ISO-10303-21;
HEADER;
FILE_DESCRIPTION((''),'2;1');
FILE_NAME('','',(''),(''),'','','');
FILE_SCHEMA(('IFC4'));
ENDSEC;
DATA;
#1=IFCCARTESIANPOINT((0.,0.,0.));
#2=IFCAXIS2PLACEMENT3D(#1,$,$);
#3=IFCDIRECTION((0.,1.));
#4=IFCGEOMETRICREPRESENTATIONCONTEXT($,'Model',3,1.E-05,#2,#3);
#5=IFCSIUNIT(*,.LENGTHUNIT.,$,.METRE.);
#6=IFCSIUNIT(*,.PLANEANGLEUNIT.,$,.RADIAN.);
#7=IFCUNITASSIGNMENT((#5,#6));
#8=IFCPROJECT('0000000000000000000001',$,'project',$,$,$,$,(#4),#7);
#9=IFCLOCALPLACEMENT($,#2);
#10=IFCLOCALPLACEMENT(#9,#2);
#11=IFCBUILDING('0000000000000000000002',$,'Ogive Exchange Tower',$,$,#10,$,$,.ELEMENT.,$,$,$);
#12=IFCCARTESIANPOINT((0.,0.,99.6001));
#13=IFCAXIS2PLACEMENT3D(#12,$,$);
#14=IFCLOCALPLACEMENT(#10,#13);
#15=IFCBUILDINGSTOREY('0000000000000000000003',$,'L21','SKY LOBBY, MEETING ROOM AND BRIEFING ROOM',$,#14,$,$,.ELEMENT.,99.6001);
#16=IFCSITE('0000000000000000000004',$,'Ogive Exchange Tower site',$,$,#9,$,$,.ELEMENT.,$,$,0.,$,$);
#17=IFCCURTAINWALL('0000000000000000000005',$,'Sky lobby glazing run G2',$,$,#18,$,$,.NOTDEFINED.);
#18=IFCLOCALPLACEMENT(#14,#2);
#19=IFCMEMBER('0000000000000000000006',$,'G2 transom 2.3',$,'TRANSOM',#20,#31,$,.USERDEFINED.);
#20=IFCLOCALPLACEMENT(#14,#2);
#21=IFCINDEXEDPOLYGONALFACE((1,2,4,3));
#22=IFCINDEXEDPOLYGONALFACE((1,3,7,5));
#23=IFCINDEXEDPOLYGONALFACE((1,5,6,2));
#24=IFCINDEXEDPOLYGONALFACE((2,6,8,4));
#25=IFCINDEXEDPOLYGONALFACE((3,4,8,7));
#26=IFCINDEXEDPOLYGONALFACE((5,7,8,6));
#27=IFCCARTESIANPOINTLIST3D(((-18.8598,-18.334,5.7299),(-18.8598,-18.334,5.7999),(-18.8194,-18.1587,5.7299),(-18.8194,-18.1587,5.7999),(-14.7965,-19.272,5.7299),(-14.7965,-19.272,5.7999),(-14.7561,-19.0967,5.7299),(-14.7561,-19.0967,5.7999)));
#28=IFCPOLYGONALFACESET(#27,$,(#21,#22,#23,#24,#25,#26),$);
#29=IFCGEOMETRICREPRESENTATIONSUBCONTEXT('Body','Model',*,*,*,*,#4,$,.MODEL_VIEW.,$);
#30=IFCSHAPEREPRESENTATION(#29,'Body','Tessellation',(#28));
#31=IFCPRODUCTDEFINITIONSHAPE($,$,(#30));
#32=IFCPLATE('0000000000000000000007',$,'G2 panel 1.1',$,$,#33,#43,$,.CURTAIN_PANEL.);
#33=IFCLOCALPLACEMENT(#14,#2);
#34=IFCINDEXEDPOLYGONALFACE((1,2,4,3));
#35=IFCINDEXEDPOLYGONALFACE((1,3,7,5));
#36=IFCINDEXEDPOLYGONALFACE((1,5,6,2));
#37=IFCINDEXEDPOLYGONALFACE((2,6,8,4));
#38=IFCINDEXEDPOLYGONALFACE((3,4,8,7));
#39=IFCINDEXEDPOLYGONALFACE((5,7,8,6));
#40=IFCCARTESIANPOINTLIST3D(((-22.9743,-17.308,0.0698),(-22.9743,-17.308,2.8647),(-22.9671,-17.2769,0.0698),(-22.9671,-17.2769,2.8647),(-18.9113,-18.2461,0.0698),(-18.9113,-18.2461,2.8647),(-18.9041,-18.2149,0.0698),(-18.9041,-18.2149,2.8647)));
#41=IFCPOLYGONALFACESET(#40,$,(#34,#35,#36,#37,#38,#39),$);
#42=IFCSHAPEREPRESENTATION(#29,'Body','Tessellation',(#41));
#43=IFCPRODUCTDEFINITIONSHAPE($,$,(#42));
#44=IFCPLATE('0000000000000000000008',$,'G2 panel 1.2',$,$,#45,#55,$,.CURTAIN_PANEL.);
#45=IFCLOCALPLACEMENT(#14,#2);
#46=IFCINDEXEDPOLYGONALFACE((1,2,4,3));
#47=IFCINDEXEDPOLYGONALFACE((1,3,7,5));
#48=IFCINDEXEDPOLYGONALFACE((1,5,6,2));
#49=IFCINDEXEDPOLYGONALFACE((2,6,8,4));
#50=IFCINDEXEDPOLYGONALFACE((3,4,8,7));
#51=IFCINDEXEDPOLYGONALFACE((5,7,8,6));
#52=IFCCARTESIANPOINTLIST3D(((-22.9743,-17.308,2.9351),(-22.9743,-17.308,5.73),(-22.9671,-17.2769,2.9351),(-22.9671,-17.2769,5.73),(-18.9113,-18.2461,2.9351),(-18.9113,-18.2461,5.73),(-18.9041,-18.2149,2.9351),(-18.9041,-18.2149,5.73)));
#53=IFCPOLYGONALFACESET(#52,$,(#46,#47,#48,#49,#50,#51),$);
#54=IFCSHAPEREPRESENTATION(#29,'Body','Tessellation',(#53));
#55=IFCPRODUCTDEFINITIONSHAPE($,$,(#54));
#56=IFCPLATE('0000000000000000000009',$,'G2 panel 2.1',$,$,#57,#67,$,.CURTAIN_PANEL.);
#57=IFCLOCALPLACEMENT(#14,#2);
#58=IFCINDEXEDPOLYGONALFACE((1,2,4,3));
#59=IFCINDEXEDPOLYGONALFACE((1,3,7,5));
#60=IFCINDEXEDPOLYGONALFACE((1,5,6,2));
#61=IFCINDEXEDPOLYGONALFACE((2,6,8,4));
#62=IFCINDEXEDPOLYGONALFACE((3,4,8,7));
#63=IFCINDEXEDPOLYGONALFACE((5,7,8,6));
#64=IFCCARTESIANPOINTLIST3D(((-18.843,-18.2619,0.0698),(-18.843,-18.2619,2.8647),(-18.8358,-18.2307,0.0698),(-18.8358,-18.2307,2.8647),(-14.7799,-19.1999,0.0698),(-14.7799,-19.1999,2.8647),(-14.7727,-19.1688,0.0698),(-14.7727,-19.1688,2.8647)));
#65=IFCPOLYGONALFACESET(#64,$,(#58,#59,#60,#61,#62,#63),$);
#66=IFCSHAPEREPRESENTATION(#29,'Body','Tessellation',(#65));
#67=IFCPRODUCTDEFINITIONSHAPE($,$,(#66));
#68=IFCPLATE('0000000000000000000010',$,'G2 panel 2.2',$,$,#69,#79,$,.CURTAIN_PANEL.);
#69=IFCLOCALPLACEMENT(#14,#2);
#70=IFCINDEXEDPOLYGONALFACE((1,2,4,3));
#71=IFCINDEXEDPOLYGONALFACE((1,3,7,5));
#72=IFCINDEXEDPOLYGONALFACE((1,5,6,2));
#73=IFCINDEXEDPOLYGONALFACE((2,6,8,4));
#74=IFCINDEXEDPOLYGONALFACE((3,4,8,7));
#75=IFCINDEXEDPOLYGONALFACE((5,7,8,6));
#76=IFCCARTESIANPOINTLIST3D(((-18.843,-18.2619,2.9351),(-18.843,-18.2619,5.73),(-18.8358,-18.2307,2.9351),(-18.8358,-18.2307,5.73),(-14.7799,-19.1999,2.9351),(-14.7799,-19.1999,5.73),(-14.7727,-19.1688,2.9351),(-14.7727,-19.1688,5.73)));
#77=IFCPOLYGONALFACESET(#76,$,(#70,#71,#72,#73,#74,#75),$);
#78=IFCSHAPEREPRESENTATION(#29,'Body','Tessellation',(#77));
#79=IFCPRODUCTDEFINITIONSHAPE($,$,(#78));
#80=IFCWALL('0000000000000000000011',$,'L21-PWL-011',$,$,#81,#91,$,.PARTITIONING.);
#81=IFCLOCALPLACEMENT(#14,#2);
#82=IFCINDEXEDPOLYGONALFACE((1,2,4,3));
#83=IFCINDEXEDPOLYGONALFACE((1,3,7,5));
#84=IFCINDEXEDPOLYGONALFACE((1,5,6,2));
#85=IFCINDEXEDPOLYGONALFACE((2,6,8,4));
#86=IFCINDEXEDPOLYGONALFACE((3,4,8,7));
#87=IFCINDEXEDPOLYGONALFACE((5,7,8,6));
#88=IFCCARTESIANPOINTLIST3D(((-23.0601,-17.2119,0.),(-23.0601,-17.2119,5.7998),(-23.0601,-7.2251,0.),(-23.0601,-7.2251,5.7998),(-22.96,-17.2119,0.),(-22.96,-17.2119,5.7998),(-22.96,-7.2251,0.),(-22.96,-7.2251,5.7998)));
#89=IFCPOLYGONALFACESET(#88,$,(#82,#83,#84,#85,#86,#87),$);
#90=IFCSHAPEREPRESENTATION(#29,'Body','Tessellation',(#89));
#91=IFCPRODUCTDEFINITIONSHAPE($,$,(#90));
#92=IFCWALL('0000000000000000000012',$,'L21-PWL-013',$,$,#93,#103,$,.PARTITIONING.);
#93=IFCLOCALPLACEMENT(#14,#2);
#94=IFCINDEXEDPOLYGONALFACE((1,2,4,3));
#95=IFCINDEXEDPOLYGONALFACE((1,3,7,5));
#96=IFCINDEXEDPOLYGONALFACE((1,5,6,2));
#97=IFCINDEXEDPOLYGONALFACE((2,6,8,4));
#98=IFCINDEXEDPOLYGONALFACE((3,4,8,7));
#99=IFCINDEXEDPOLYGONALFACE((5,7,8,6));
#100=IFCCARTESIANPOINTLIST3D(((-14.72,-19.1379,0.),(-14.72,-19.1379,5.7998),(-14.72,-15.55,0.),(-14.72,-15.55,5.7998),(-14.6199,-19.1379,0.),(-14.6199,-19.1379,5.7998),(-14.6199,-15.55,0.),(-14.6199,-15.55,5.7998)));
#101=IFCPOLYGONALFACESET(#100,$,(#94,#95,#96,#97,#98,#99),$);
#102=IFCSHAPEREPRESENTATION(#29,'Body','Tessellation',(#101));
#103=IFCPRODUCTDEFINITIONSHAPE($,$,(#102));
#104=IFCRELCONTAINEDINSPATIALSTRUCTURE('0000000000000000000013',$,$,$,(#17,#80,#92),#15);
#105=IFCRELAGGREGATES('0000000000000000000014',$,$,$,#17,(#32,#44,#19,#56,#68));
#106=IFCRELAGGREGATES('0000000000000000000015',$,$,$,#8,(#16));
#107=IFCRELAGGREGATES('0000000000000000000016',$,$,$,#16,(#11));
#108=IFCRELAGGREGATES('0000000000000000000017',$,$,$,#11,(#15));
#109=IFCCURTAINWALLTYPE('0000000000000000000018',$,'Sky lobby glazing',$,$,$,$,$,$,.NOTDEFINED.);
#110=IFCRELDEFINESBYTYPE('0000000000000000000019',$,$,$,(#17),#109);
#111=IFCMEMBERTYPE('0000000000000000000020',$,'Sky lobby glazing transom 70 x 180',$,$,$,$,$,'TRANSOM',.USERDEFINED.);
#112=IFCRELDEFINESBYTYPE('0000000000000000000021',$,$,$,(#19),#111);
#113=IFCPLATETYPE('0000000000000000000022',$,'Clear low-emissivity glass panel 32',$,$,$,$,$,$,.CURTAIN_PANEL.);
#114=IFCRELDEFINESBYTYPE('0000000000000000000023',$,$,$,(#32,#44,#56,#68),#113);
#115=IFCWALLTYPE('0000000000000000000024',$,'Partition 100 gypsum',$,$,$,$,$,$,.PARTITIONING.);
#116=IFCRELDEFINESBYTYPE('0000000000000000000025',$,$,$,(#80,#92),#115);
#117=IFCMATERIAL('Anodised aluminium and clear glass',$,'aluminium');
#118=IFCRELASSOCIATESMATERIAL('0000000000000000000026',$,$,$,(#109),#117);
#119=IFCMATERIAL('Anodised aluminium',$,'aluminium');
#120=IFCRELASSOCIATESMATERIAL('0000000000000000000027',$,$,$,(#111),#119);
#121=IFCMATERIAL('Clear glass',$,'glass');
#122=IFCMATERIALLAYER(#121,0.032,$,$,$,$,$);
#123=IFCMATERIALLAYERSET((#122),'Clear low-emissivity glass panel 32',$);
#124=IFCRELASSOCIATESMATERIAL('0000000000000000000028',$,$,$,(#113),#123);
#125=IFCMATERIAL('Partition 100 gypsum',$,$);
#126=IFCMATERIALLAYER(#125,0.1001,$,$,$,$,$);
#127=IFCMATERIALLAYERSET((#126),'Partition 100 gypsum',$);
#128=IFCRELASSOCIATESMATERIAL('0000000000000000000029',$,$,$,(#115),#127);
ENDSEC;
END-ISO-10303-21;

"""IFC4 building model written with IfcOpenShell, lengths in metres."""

from ifc_helpers import new_model, si_unit, direction, frame, frame_2d, origin, origin_2d, place, context, subcontext, project, spatial, rectangle, extrude, material, layer, layer_set, material_profile, profile_set, type_object, element, aggregate, save


model = new_model("IFC4")

# Units and contexts
model_context = context("Model", 3, precision=1e-05, world=origin(), true_north=direction((0.0, 1.0)))
body_context = subcontext(model_context, "Body", "Model", "MODEL_VIEW")
ifc_project = project(units=[si_unit("LENGTHUNIT", "METRE"), si_unit("PLANEANGLEUNIT", "RADIAN")], contexts=[model_context])

# Site, building, storey
site_placement = place(None, origin())
site = spatial("IfcSite", under=ifc_project, at=site_placement, Name="Ogive Exchange Tower site", CompositionType="ELEMENT", RefElevation=0.0)
building_placement = place(site_placement, origin())
building = spatial("IfcBuilding", under=site, at=building_placement, Name="Ogive Exchange Tower", CompositionType="ELEMENT")
storey_placement = place(building_placement, frame((0.0, 0.0, 99.6001)))
storey = spatial("IfcBuildingStorey", under=building, at=storey_placement, Name="L21", Description="SKY LOBBY, MEETING ROOM AND BRIEFING ROOM", CompositionType="ELEMENT", Elevation=99.6001)

# Curtain wall
ifc_material_1 = material(Name="Anodised aluminium and clear glass", Category="aluminium")
curtain_wall_type = type_object("IfcCurtainWallType", Name="Sky lobby glazing", PredefinedType="NOTDEFINED", material=ifc_material_1)
curtain_wall_1_placement = place(storey_placement, origin())
curtain_wall_1 = element("IfcCurtainWall", 1, at=curtain_wall_1_placement, inside=storey, type_object=curtain_wall_type, Name="Sky lobby glazing run G2", PredefinedType="NOTDEFINED")
ifc_material_2 = material(Name="Anodised aluminium", Category="aluminium")

# Member
ifc_material_profile_1 = material_profile(ifc_material_2, rectangle(XDim=0.1799, YDim=0.0701, at=origin_2d()), Name="AL 70x180")
ifc_profile_set_1 = profile_set([ifc_material_profile_1], Name="Anodised aluminium")
member_type_1 = type_object("IfcMemberType", Name="Sky lobby glazing transom 70 x 180", ElementType="TRANSOM", PredefinedType="USERDEFINED", material=ifc_profile_set_1)
member_1_placement = place(storey_placement, frame((-18.8396, -18.2463, 5.7649), z_axis=(0.974374, -0.224932, 0.0), x_axis=(0.224932, 0.974374, 0.0)))
member_1 = element("IfcMember", 2, at=member_1_placement, type_object=member_type_1, Name="G2 transom 2.3", ObjectType="TRANSOM", PredefinedType="USERDEFINED", context=body_context, shape_type="SweptSolid", body=[
    extrude(rectangle(XDim=0.1799, YDim=0.0701, at=origin_2d()), origin(), (0.0, 0.0, 1.0), 4.1702),
])

# Plates
ifc_material_3 = material(Name="Clear glass", Category="glass")
ifc_layer_1 = layer(ifc_material_3, 0.032)
ifc_layer_set_1 = layer_set([ifc_layer_1], Name="Clear low-emissivity glass panel 32")
plate_type = type_object("IfcPlateType", Name="Clear low-emissivity glass panel 32", PredefinedType="CURTAIN_PANEL", material=ifc_layer_set_1)
plate_1_placement = place(storey_placement, frame((-20.9392, -17.7615, 0.0698), z_axis=(0.0, 0.0, 1.0), x_axis=(0.974369, -0.224958, 0.0)))
plate_1 = element("IfcPlate", 3, at=plate_1_placement, type_object=plate_type, Name="G2 panel 1.1", PredefinedType="CURTAIN_PANEL", context=body_context, shape_type="SweptSolid", body=[
    extrude(rectangle(XDim=4.1699, YDim=0.032, at=origin_2d()), origin(), (0.0, 0.0, 1.0), 2.7949),
])
plate_2_placement = place(storey_placement, frame((-20.9392, -17.7615, 2.9351), z_axis=(0.0, 0.0, 1.0), x_axis=(0.974369, -0.224958, 0.0)))
plate_2 = element("IfcPlate", 4, at=plate_2_placement, type_object=plate_type, Name="G2 panel 1.2", PredefinedType="CURTAIN_PANEL", context=body_context, shape_type="SweptSolid", body=[
    extrude(rectangle(XDim=4.1699, YDim=0.032, at=origin_2d()), origin(), (0.0, 0.0, 1.0), 2.7949),
])
plate_3_placement = place(storey_placement, frame((-16.8079, -18.7153, 0.0698), z_axis=(0.0, 0.0, 1.0), x_axis=(0.974369, -0.224958, 0.0)))
plate_3 = element("IfcPlate", 5, at=plate_3_placement, type_object=plate_type, Name="G2 panel 2.1", PredefinedType="CURTAIN_PANEL", context=body_context, shape_type="SweptSolid", body=[
    extrude(rectangle(XDim=4.1699, YDim=0.032, at=origin_2d()), origin(), (0.0, 0.0, 1.0), 2.7949),
])
plate_4_placement = place(storey_placement, frame((-16.8079, -18.7153, 2.9351), z_axis=(0.0, 0.0, 1.0), x_axis=(0.974369, -0.224958, 0.0)))
plate_4 = element("IfcPlate", 6, at=plate_4_placement, type_object=plate_type, Name="G2 panel 2.2", PredefinedType="CURTAIN_PANEL", context=body_context, shape_type="SweptSolid", body=[
    extrude(rectangle(XDim=4.1699, YDim=0.032, at=origin_2d()), origin(), (0.0, 0.0, 1.0), 2.7949),
])
aggregate(curtain_wall_1, [plate_1, plate_2, member_1, plate_3, plate_4])

# Walls
ifc_material_4 = material(Name="Partition 100 gypsum")
ifc_layer_2 = layer(ifc_material_4, 0.1001)
ifc_layer_set_2 = layer_set([ifc_layer_2], Name="Partition 100 gypsum")
wall_type = type_object("IfcWallType", Name="Partition 100 gypsum", PredefinedType="PARTITIONING", material=ifc_layer_set_2)
wall_1_placement = place(storey_placement, frame((-23.01, -17.2119, 0.0), z_axis=(0.0, 0.0, 1.0), x_axis=(0.0, 1.0, 0.0)))
element("IfcWall", 7, at=wall_1_placement, inside=storey, type_object=wall_type, Name="L21-PWL-011", PredefinedType="PARTITIONING", context=body_context, shape_type="SweptSolid", body=[
    extrude(rectangle(XDim=9.9868, YDim=0.1001, at=frame_2d((4.9934, 0.0))), origin(), (0.0, 0.0, 1.0), 5.7998),
])
wall_2_placement = place(storey_placement, frame((-14.6699, -19.1379, 0.0), z_axis=(0.0, 0.0, 1.0), x_axis=(0.0, 1.0, 0.0)))
element("IfcWall", 8, at=wall_2_placement, inside=storey, type_object=wall_type, Name="L21-PWL-013", PredefinedType="PARTITIONING", context=body_context, shape_type="SweptSolid", body=[
    extrude(rectangle(XDim=3.5879, YDim=0.1001, at=frame_2d((1.7939, 0.0))), origin(), (0.0, 0.0, 1.0), 5.7998),
])

save(model, "model.ifc")
